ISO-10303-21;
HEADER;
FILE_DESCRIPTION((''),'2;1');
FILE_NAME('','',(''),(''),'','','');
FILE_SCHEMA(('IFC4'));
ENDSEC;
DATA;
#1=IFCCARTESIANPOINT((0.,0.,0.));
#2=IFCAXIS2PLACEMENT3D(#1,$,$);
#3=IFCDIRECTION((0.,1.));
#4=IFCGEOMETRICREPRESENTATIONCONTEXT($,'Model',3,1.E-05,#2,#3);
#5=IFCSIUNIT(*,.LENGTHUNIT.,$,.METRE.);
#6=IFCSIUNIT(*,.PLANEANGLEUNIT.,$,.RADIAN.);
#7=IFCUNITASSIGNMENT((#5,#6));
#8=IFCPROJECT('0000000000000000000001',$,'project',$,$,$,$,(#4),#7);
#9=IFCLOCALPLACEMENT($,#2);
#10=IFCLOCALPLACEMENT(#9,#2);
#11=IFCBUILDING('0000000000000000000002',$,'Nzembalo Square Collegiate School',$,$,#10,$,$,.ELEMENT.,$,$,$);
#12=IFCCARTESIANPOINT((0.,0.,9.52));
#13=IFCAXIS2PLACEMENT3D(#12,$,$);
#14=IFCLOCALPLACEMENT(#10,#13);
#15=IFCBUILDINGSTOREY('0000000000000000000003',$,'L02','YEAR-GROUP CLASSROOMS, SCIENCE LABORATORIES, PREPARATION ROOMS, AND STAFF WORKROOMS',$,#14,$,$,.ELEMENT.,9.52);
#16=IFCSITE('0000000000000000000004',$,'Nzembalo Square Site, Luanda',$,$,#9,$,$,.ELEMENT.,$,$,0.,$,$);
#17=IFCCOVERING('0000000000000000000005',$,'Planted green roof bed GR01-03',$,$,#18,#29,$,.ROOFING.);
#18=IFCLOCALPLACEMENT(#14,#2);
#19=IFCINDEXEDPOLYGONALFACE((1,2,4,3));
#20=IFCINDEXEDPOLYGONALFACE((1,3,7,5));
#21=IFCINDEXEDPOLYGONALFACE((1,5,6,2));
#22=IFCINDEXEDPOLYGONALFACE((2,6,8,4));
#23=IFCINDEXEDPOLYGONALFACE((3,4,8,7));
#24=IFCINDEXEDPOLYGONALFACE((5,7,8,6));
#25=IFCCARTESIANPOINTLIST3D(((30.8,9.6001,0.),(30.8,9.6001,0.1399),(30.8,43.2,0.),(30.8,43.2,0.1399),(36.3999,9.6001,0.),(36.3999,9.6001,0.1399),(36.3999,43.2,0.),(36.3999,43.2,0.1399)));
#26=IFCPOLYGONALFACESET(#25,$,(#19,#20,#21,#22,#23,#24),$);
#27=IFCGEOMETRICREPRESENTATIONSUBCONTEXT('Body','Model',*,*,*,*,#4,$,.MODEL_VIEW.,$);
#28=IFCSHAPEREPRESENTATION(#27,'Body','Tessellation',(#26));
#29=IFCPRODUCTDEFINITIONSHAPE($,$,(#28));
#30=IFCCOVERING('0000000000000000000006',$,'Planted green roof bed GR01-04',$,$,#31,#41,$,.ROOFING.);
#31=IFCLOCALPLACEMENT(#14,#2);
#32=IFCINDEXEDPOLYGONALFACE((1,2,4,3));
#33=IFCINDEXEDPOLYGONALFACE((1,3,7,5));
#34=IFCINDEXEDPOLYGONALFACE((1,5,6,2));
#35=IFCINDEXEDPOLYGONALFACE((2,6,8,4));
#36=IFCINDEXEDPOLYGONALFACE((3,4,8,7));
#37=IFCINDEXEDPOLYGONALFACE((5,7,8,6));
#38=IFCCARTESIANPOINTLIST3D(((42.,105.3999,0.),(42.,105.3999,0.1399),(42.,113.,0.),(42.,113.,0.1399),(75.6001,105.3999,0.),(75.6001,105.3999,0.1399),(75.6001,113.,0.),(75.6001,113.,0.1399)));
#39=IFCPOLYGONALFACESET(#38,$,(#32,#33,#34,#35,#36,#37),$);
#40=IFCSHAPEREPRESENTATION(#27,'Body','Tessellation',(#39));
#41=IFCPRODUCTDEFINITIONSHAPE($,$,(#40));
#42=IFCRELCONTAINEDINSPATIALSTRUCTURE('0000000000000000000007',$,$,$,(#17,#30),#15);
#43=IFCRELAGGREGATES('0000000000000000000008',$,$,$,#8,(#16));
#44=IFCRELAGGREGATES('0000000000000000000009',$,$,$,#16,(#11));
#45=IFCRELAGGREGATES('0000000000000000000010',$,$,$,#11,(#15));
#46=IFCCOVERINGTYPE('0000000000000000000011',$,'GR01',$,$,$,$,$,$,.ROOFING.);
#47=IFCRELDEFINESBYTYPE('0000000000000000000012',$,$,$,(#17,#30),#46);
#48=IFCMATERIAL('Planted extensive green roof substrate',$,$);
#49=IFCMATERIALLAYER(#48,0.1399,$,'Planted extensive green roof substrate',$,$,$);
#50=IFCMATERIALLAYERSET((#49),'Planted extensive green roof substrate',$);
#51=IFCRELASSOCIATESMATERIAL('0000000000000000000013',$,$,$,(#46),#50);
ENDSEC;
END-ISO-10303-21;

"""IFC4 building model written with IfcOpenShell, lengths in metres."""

from ifc_helpers import new_model, si_unit, direction, frame, origin, place, context, subcontext, project, spatial, polyline, outline, extrude, material, layer, layer_set, type_object, element, save


model = new_model("IFC4")

# Units and contexts
model_context = context("Model", 3, precision=1e-05, world=origin(), true_north=direction((0.0, 1.0)))
body_context = subcontext(model_context, "Body", "Model", "MODEL_VIEW")
ifc_project = project(units=[si_unit("LENGTHUNIT", "METRE"), si_unit("PLANEANGLEUNIT", "RADIAN")], contexts=[model_context])

# Site, building, storey
site_placement = place(None, origin())
site = spatial("IfcSite", under=ifc_project, at=site_placement, Name="Nzembalo Square Site, Luanda", CompositionType="ELEMENT", RefElevation=0.0)
building_placement = place(site_placement, origin())
building = spatial("IfcBuilding", under=site, at=building_placement, Name="Nzembalo Square Collegiate School", CompositionType="ELEMENT")
storey_placement = place(building_placement, frame((0.0, 0.0, 9.52)))
storey = spatial("IfcBuildingStorey", under=building, at=storey_placement, Name="L02", Description="YEAR-GROUP CLASSROOMS, SCIENCE LABORATORIES, PREPARATION ROOMS, AND STAFF WORKROOMS", CompositionType="ELEMENT", Elevation=9.52)

# Coverings
ifc_material_1 = material(Name="Planted extensive green roof substrate")
ifc_layer_1 = layer(ifc_material_1, 0.1399, Name="Planted extensive green roof substrate")
ifc_layer_set_1 = layer_set([ifc_layer_1], Name="Planted extensive green roof substrate")
covering_type_1 = type_object("IfcCoveringType", Name="GR01", PredefinedType="ROOFING", material=ifc_layer_set_1)
covering_1_placement = place(storey_placement, origin())
element("IfcCovering", 1, at=covering_1_placement, inside=storey, type_object=covering_type_1, Name="Planted green roof bed GR01-03", PredefinedType="ROOFING", context=body_context, shape_type="SweptSolid", body=[
    extrude(outline(polyline([(30.8, 9.6001), (36.3999, 9.6001), (36.3999, 43.2), (30.8, 43.2), (30.8, 9.6001)])), origin(), (0.0, 0.0, 1.0), 0.1399),
])
covering_2_placement = place(storey_placement, origin())
element("IfcCovering", 2, at=covering_2_placement, inside=storey, type_object=covering_type_1, Name="Planted green roof bed GR01-04", PredefinedType="ROOFING", context=body_context, shape_type="SweptSolid", body=[
    extrude(outline(polyline([(42.0, 105.3999), (75.6001, 105.3999), (75.6001, 113.0), (42.0, 113.0), (42.0, 105.3999)])), origin(), (0.0, 0.0, 1.0), 0.1399),
])

save(model, "model.ifc")
